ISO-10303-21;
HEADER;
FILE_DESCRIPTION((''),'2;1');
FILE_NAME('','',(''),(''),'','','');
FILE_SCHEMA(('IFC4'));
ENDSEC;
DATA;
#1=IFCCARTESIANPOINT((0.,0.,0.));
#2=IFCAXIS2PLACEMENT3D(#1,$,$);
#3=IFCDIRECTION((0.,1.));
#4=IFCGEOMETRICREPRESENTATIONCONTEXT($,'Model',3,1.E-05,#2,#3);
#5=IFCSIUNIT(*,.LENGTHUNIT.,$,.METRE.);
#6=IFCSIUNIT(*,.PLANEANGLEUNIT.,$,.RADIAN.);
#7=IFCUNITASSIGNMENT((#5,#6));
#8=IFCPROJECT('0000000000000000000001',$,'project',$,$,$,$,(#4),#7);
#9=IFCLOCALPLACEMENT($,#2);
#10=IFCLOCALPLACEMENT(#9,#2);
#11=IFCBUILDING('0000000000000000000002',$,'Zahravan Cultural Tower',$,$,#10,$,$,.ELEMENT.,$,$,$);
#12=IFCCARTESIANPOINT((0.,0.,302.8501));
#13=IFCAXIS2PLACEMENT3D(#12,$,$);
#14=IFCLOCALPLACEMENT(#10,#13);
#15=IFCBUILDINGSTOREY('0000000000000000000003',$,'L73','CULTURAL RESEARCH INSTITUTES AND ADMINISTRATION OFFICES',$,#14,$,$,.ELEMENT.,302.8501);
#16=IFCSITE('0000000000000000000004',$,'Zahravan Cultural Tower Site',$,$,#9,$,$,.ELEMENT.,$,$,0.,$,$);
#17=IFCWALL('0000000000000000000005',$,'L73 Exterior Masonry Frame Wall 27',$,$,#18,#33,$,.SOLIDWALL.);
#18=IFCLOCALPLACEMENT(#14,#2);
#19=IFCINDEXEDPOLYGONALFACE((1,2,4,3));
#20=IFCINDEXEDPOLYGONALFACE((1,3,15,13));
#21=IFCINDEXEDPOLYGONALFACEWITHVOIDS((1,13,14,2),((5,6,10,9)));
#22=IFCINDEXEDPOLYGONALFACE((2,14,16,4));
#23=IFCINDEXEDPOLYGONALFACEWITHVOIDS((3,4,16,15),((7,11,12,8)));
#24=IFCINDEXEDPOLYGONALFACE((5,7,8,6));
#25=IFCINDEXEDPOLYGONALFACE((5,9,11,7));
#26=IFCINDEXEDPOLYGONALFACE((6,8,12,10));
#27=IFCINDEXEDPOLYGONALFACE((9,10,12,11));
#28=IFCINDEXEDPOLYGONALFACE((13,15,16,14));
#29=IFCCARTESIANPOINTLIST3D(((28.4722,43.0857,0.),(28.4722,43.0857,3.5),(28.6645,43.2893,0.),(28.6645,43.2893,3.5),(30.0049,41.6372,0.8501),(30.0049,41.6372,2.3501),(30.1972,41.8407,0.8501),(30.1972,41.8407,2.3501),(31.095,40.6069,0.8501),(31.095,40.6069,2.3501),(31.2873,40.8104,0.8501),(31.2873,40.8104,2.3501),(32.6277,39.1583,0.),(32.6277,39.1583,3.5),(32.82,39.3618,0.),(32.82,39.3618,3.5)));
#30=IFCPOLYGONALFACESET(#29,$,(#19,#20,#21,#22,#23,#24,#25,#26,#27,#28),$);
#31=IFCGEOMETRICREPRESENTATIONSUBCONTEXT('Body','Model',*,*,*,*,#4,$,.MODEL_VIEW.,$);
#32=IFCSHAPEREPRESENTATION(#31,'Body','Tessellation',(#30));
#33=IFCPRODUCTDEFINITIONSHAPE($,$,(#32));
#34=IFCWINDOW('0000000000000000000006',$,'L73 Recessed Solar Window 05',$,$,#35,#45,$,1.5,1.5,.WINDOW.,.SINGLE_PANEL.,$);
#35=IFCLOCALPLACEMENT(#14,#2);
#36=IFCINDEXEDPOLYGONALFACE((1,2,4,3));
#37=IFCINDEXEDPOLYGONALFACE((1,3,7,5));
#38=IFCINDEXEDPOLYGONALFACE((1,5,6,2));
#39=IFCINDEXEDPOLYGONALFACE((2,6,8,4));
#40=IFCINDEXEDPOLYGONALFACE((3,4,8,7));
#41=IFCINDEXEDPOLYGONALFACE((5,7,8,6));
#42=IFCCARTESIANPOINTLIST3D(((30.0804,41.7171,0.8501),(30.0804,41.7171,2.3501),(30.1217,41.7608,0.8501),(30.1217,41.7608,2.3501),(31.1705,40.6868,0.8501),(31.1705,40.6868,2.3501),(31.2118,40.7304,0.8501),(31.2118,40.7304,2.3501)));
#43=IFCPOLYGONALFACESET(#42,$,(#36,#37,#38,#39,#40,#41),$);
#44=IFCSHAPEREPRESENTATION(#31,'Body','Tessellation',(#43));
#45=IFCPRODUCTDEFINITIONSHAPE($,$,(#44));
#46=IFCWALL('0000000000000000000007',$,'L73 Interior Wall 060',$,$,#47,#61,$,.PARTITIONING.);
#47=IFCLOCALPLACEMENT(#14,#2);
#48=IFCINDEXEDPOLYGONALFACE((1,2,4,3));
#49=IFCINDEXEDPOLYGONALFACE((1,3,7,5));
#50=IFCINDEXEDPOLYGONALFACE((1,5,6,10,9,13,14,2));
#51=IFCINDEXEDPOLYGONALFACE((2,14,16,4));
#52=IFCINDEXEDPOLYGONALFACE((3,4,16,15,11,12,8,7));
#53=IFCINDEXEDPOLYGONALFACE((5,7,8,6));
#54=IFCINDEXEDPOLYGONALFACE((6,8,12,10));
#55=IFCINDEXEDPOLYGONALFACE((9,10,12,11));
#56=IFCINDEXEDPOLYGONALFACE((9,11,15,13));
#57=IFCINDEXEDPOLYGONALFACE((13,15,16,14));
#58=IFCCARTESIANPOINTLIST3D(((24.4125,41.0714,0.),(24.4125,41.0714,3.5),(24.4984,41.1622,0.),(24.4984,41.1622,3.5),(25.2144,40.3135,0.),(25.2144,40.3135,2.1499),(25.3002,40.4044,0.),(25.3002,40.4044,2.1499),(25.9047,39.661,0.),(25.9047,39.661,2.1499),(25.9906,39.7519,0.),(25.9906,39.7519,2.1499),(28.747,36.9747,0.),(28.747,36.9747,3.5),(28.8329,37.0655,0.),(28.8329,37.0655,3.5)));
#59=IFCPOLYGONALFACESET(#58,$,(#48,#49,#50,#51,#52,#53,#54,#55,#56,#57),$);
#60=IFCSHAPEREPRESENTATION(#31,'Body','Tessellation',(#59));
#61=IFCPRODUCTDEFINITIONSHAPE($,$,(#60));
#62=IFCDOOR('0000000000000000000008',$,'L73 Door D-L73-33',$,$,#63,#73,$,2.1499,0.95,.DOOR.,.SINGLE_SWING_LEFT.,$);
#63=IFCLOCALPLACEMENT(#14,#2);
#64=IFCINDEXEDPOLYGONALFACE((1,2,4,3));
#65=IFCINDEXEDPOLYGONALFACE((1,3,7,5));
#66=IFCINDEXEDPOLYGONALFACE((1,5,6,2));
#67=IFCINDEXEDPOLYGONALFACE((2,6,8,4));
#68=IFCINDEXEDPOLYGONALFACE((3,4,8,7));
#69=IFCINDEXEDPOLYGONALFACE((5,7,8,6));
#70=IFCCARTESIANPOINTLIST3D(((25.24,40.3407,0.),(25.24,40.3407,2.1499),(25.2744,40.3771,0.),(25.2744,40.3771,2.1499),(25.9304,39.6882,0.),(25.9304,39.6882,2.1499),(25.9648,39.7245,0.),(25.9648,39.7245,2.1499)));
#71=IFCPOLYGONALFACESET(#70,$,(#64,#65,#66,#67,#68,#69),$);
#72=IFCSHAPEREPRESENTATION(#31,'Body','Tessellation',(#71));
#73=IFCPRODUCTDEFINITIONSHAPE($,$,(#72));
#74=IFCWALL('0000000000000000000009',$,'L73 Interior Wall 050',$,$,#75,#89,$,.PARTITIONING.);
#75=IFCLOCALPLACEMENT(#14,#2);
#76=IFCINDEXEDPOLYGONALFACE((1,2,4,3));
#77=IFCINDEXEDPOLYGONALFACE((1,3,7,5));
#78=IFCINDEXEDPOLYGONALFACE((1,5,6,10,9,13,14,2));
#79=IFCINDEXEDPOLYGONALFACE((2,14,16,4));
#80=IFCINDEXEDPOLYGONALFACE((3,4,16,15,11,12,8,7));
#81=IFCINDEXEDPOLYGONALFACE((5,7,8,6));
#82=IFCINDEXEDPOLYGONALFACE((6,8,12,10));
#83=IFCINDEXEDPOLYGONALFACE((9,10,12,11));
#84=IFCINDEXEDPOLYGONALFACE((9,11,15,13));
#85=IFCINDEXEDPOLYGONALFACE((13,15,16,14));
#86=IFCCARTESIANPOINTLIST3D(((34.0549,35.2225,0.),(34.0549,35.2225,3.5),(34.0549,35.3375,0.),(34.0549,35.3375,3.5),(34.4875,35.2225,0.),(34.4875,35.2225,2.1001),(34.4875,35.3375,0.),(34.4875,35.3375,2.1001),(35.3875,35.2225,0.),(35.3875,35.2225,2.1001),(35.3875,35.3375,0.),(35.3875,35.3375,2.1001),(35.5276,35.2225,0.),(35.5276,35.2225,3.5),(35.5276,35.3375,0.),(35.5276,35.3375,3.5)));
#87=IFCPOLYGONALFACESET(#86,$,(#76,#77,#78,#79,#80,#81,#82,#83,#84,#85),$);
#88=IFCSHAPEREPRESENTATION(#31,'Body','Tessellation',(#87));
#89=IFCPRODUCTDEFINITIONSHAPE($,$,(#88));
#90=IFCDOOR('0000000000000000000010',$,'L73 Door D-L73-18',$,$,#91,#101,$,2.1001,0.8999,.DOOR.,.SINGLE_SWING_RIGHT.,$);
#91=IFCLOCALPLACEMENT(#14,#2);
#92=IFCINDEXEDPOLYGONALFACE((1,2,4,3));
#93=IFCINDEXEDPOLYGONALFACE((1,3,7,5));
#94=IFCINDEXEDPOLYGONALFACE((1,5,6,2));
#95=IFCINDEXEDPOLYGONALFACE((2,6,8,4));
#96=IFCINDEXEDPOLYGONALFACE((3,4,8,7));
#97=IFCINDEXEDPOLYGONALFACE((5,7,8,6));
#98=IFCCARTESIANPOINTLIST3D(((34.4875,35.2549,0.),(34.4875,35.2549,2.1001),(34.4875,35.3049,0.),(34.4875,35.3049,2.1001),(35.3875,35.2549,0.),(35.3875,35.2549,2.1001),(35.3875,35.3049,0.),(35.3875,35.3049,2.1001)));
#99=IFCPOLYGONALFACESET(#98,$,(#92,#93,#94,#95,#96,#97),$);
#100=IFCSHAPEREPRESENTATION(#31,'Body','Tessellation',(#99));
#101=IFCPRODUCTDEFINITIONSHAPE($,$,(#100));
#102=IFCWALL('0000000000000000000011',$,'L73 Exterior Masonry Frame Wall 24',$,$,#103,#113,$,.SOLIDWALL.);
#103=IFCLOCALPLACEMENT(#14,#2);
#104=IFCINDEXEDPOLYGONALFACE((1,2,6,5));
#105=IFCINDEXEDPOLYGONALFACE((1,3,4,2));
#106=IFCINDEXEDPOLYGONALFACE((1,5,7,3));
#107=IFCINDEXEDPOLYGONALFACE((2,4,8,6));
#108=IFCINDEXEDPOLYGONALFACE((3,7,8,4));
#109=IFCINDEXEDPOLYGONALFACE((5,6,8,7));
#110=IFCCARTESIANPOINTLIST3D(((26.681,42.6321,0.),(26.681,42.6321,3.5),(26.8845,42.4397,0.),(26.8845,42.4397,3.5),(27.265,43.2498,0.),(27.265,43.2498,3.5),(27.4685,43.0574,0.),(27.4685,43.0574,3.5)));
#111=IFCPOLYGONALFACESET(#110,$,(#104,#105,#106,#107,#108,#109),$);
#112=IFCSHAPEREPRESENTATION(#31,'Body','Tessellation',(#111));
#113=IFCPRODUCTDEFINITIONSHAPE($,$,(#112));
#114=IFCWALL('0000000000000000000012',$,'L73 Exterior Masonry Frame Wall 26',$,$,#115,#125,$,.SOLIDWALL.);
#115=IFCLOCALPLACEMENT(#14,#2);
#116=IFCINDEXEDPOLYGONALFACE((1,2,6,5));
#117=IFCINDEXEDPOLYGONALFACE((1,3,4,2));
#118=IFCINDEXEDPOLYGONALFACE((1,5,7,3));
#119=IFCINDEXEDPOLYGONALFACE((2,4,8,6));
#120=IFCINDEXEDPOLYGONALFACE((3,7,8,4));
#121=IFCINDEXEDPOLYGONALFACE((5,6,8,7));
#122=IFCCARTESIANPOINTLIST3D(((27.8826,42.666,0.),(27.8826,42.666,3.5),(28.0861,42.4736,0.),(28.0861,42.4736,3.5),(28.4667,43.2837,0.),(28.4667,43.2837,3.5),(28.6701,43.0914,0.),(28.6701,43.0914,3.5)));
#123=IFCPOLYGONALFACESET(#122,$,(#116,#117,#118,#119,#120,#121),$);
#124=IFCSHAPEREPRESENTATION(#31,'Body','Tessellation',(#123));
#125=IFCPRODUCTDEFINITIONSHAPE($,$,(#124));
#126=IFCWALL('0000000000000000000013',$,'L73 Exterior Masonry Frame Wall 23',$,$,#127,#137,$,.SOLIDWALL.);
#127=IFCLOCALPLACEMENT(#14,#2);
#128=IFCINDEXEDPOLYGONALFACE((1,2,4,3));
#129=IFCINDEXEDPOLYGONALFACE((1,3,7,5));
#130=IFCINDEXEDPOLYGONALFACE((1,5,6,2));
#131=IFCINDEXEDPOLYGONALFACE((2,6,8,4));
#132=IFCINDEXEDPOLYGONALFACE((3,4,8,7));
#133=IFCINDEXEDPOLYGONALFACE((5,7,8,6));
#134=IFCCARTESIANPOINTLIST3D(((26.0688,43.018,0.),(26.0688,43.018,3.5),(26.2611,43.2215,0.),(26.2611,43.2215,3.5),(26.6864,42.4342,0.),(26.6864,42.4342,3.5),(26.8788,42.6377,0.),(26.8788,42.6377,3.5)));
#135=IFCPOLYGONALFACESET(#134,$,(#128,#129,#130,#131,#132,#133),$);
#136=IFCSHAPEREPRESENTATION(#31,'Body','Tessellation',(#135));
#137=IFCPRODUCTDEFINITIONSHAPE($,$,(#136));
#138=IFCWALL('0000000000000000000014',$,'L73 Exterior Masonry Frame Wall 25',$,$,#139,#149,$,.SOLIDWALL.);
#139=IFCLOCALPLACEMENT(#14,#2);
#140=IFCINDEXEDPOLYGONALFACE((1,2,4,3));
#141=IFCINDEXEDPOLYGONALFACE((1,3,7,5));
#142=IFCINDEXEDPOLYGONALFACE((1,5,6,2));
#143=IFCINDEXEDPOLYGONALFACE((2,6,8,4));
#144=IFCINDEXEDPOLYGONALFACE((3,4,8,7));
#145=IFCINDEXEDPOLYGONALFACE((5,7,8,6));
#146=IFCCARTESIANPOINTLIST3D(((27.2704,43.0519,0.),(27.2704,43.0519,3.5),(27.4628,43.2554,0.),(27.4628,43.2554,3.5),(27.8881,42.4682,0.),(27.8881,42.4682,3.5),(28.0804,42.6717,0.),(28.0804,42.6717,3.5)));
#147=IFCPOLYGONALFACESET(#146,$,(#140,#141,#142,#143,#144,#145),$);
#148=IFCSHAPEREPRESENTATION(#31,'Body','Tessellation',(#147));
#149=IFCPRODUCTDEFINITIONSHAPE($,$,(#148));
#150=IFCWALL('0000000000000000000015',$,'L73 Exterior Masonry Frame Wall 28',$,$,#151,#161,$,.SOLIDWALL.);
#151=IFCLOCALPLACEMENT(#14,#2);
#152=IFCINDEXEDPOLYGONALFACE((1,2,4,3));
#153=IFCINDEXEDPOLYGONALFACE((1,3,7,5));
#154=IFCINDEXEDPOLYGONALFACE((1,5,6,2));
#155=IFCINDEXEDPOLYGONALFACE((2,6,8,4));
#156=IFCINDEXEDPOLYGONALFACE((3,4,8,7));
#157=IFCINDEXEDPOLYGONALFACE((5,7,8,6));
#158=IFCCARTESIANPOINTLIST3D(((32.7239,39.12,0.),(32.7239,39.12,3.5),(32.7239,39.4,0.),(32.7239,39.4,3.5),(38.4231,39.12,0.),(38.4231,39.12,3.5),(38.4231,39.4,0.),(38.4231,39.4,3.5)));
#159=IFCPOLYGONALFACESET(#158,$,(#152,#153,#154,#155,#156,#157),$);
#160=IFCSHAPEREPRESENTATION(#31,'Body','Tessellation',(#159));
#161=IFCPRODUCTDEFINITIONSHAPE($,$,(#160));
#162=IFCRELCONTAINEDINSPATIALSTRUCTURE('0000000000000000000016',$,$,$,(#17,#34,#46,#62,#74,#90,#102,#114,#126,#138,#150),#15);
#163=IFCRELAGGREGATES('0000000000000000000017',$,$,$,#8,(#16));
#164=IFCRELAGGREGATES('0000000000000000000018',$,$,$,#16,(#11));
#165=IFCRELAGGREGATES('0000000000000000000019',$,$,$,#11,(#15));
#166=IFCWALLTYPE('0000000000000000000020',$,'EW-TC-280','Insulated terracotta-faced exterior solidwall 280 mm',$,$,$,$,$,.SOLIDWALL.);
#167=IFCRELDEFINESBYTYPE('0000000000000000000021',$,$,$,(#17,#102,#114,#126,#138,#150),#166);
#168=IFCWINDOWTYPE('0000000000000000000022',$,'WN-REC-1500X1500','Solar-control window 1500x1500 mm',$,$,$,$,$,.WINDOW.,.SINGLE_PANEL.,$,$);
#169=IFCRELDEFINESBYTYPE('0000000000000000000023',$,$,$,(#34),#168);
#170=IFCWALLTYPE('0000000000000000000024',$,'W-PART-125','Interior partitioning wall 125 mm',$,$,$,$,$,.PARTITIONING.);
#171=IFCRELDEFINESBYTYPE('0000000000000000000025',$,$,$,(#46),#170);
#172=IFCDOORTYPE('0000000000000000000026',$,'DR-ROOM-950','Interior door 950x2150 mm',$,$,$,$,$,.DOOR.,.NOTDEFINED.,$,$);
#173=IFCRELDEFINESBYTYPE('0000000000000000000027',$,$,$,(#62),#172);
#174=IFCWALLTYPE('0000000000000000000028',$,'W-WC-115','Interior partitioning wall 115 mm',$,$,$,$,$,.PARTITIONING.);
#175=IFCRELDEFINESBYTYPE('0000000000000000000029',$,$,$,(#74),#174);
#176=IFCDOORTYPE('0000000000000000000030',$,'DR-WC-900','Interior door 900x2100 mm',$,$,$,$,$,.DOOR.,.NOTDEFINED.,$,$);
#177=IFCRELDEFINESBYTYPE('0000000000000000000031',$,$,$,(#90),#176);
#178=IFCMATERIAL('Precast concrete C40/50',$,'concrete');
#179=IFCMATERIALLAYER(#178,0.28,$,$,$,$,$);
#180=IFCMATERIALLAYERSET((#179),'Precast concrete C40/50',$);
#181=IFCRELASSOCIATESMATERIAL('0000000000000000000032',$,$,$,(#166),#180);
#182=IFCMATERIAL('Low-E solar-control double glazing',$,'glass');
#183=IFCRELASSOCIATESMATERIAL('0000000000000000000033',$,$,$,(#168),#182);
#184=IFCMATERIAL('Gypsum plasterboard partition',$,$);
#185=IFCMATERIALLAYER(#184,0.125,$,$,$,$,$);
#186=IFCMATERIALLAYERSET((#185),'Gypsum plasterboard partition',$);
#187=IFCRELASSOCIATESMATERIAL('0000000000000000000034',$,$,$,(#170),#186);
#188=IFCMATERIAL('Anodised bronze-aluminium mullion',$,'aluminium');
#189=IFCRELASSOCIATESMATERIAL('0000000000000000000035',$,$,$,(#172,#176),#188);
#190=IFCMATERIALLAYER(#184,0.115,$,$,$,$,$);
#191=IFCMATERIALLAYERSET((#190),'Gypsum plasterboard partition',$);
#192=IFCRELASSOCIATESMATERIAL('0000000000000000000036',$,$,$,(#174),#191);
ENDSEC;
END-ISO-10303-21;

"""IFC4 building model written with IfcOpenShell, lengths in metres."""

from ifc_helpers import new_model, si_unit, direction, frame, frame_2d, origin, place, context, subcontext, project, spatial, rectangle, extrude, source, transform, mapped, material, layer, layer_set, type_object, element, fill, save


model = new_model("IFC4")

# Units and contexts
model_context = context("Model", 3, precision=1e-05, world=origin(), true_north=direction((0.0, 1.0)))
body_context = subcontext(model_context, "Body", "Model", "MODEL_VIEW")
ifc_project = project(units=[si_unit("LENGTHUNIT", "METRE"), si_unit("PLANEANGLEUNIT", "RADIAN")], contexts=[model_context])

# Site, building, storey
site_placement = place(None, origin())
site = spatial("IfcSite", under=ifc_project, at=site_placement, Name="Zahravan Cultural Tower Site", CompositionType="ELEMENT", RefElevation=0.0)
building_placement = place(site_placement, origin())
building = spatial("IfcBuilding", under=site, at=building_placement, Name="Zahravan Cultural Tower", CompositionType="ELEMENT")
storey_placement = place(building_placement, frame((0.0, 0.0, 302.8501)))
storey = spatial("IfcBuildingStorey", under=building, at=storey_placement, Name="L73", Description="CULTURAL RESEARCH INSTITUTES AND ADMINISTRATION OFFICES", CompositionType="ELEMENT", Elevation=302.8501)

# Wall, opening, window
ifc_material_1 = material(Name="Precast concrete C40/50", Category="concrete")
ifc_layer_1 = layer(ifc_material_1, 0.28)
ifc_layer_set_1 = layer_set([ifc_layer_1], Name="Precast concrete C40/50")
wall_type_1 = type_object("IfcWallType", Name="EW-TC-280", Description="Insulated terracotta-faced exterior solidwall 280 mm", PredefinedType="SOLIDWALL", material=ifc_layer_set_1)
wall_1_placement = place(storey_placement, frame((28.5684, 43.1875, 0.0), z_axis=(0.0, 0.0, 1.0), x_axis=(0.726766, -0.686886, 0.0)))
wall_1 = element("IfcWall", 1, at=wall_1_placement, inside=storey, type_object=wall_type_1, Name="L73 Exterior Masonry Frame Wall 27", PredefinedType="SOLIDWALL", context=body_context, shape_type="SweptSolid", body=[
    extrude(rectangle(XDim=5.7178, YDim=0.28, at=frame_2d((2.8589, 0.0))), origin(), (0.0, 0.0, 1.0), 3.5),
])
opening_1_placement = place(wall_1_placement, frame((2.1089, 0.0, 0.8501)))
opening_1 = element("IfcOpeningElement", 2, at=opening_1_placement, cuts=wall_1, PredefinedType="OPENING", context=body_context, shape_type="SweptSolid", body=[
    extrude(rectangle(XDim=1.5, YDim=1.5, at=frame_2d((0.75, 0.75))), frame((0.0, 0.1499, 0.0), z_axis=(0.0, -1.0, 0.0), x_axis=(1.0, 0.0, 0.0)), (0.0, 0.0, 1.0), 0.3),
])
ifc_material_2 = material(Name="Low-E solar-control double glazing", Category="glass")
window_type = type_object("IfcWindowType", Name="WN-REC-1500X1500", Description="Solar-control window 1500x1500 mm", PartitioningType="SINGLE_PANEL", PredefinedType="WINDOW", material=ifc_material_2)
shared_shape_1 = source(origin(), body_context, "Body", "SweptSolid", [
    extrude(rectangle(XDim=1.5, YDim=1.5, at=frame_2d((0.75, 0.75))), frame((0.0, 0.03, 0.0), z_axis=(0.0, -1.0, 0.0), x_axis=(1.0, 0.0, 0.0)), (0.0, 0.0, 1.0), 0.0601),
])
window_placement = place(opening_1_placement, origin())
window = element("IfcWindow", 3, at=window_placement, inside=storey, type_object=window_type, Name="L73 Recessed Solar Window 05", OverallHeight=1.5, OverallWidth=1.5, PartitioningType="SINGLE_PANEL", PredefinedType="WINDOW", context=body_context, shape_type="MappedRepresentation", body=[
    mapped(shared_shape_1, transform((0.0, 0.0, 0.0), x_axis=(1.0, 0.0, 0.0), y_axis=(0.0, 1.0, 0.0), z_axis=(0.0, 0.0, 1.0), scale=1.0)),
])
fill(opening_1, window)

# Walls, openings, doors
ifc_material_3 = material(Name="Gypsum plasterboard partition")
ifc_layer_2 = layer(ifc_material_3, 0.125)
ifc_layer_set_2 = layer_set([ifc_layer_2], Name="Gypsum plasterboard partition")
wall_type_2 = type_object("IfcWallType", Name="W-PART-125", Description="Interior partitioning wall 125 mm", PredefinedType="PARTITIONING", material=ifc_layer_set_2)
wall_2_placement = place(storey_placement, frame((24.4556, 41.1167, 0.0), z_axis=(0.0, 0.0, 1.0), x_axis=(0.726761, -0.68689, 0.0)))
wall_2 = element("IfcWall", 4, at=wall_2_placement, inside=storey, type_object=wall_type_2, Name="L73 Interior Wall 060", PredefinedType="PARTITIONING", context=body_context, shape_type="SweptSolid", body=[
    extrude(rectangle(XDim=5.9641, YDim=0.125, at=frame_2d((2.9819, 0.0))), origin(), (0.0, 0.0, 1.0), 3.5),
])
opening_2_placement = place(wall_2_placement, frame((1.103, 0.0, 0.0)))
opening_2 = element("IfcOpeningElement", 5, at=opening_2_placement, cuts=wall_2, PredefinedType="OPENING", context=body_context, shape_type="SweptSolid", body=[
    extrude(rectangle(XDim=0.95, YDim=2.1499, at=frame_2d((0.4751, 1.075))), frame((0.0, 0.0725, 0.0), z_axis=(0.0, -1.0, 0.0), x_axis=(1.0, 0.0, 0.0)), (0.0, 0.0, 1.0), 0.145),
])
ifc_material_4 = material(Name="Anodised bronze-aluminium mullion", Category="aluminium")
door_type_1 = type_object("IfcDoorType", Name="DR-ROOM-950", Description="Interior door 950x2150 mm", OperationType="NOTDEFINED", PredefinedType="DOOR", material=ifc_material_4)
shared_shape_2 = source(origin(), body_context, "Body", "SweptSolid", [
    extrude(rectangle(XDim=0.95, YDim=2.1499, at=frame_2d((0.4751, 1.075))), frame((0.0, 0.0249, 0.0), z_axis=(0.0, -1.0, 0.0), x_axis=(1.0, 0.0, 0.0)), (0.0, 0.0, 1.0), 0.05),
])
door_1_placement = place(opening_2_placement, origin())
door_1 = element("IfcDoor", 6, at=door_1_placement, inside=storey, type_object=door_type_1, Name="L73 Door D-L73-33", OperationType="SINGLE_SWING_LEFT", OverallHeight=2.1499, OverallWidth=0.95, PredefinedType="DOOR", context=body_context, shape_type="MappedRepresentation", body=[
    mapped(shared_shape_2, transform((0.0, 0.0, 0.0), x_axis=(1.0, 0.0, 0.0), y_axis=(0.0, 1.0, 0.0), z_axis=(0.0, 0.0, 1.0), scale=1.0)),
])
fill(opening_2, door_1)
ifc_layer_3 = layer(ifc_material_3, 0.115)
ifc_layer_set_3 = layer_set([ifc_layer_3], Name="Gypsum plasterboard partition")
wall_type_3 = type_object("IfcWallType", Name="W-WC-115", Description="Interior partitioning wall 115 mm", PredefinedType="PARTITIONING", material=ifc_layer_set_3)
wall_3_placement = place(storey_placement, frame((34.0549, 35.28, 0.0), z_axis=(0.0, 0.0, 1.0), x_axis=(1.0, 0.0, 0.0)))
wall_3 = element("IfcWall", 7, at=wall_3_placement, inside=storey, type_object=wall_type_3, Name="L73 Interior Wall 050", PredefinedType="PARTITIONING", context=body_context, shape_type="SweptSolid", body=[
    extrude(rectangle(XDim=1.4727, YDim=0.115, at=frame_2d((0.7363, 0.0))), origin(), (0.0, 0.0, 1.0), 3.5),
])
opening_3_placement = place(wall_3_placement, frame((0.4326, 0.0, 0.0)))
opening_3 = element("IfcOpeningElement", 8, at=opening_3_placement, cuts=wall_3, PredefinedType="OPENING", context=body_context, shape_type="SweptSolid", body=[
    extrude(rectangle(XDim=0.8999, YDim=2.1001, at=frame_2d((0.45, 1.05))), frame((0.0, 0.0674, 0.0), z_axis=(0.0, -1.0, 0.0), x_axis=(1.0, 0.0, 0.0)), (0.0, 0.0, 1.0), 0.135),
])
door_type_2 = type_object("IfcDoorType", Name="DR-WC-900", Description="Interior door 900x2100 mm", OperationType="NOTDEFINED", PredefinedType="DOOR", material=ifc_material_4)
shared_shape_3 = source(origin(), body_context, "Body", "SweptSolid", [
    extrude(rectangle(XDim=0.8999, YDim=2.1001, at=frame_2d((0.45, 1.05))), frame((0.0, 0.0249, 0.0), z_axis=(0.0, -1.0, 0.0), x_axis=(1.0, 0.0, 0.0)), (0.0, 0.0, 1.0), 0.05),
])
door_2_placement = place(opening_3_placement, origin())
door_2 = element("IfcDoor", 9, at=door_2_placement, inside=storey, type_object=door_type_2, Name="L73 Door D-L73-18", OperationType="SINGLE_SWING_RIGHT", OverallHeight=2.1001, OverallWidth=0.8999, PredefinedType="DOOR", context=body_context, shape_type="MappedRepresentation", body=[
    mapped(shared_shape_3, transform((0.0, 0.0, 0.0), x_axis=(1.0, 0.0, 0.0), y_axis=(0.0, 1.0, 0.0), z_axis=(0.0, 0.0, 1.0), scale=1.0)),
])
fill(opening_3, door_2)

# Walls
shared_shape_4 = source(origin(), body_context, "Body", "SweptSolid", [
    extrude(rectangle(XDim=0.8501, YDim=0.28, at=frame_2d((0.425, 0.0))), origin(), (0.0, 0.0, 1.0), 3.5),
])
for number, where, z_axis, x_axis, name in (
    (10, (26.7827, 42.5359, 0.0), (0.0, 0.0, 1.0), (0.687011, 0.726647, 0.0), "L73 Exterior Masonry Frame Wall 24"),
    (11, (27.9844, 42.5698, 0.0), (0.0, 0.0, 1.0), (0.687011, 0.726647, 0.0), "L73 Exterior Masonry Frame Wall 26"),
):
    element("IfcWall", number, at=place(storey_placement, frame(where, z_axis=z_axis, x_axis=x_axis)), inside=storey, type_object=wall_type_1, Name=name, PredefinedType="SOLIDWALL", context=body_context, shape_type="MappedRepresentation", body=[
        mapped(shared_shape_4, transform((0.0, 0.0, 0.0), x_axis=(1.0, 0.0, 0.0), y_axis=(0.0, 1.0, 0.0), z_axis=(0.0, 0.0, 1.0), scale=1.0)),
    ])
shared_shape_5 = source(origin(), body_context, "Body", "SweptSolid", [
    extrude(rectangle(XDim=0.8499, YDim=0.28, at=frame_2d((0.4248, 0.0))), origin(), (0.0, 0.0, 1.0), 3.5),
])
for number, where, z_axis, x_axis, name in (
    (12, (26.165, 43.1196, 0.0), (0.0, 0.0, 1.0), (0.72679, -0.68686, 0.0), "L73 Exterior Masonry Frame Wall 23"),
    (13, (27.3667, 43.1536, 0.0), (0.0, 0.0, 1.0), (0.72679, -0.68686, 0.0), "L73 Exterior Masonry Frame Wall 25"),
):
    element("IfcWall", number, at=place(storey_placement, frame(where, z_axis=z_axis, x_axis=x_axis)), inside=storey, type_object=wall_type_1, Name=name, PredefinedType="SOLIDWALL", context=body_context, shape_type="MappedRepresentation", body=[
        mapped(shared_shape_5, transform((0.0, 0.0, 0.0), x_axis=(1.0, 0.0, 0.0), y_axis=(0.0, 1.0, 0.0), z_axis=(0.0, 0.0, 1.0), scale=1.0)),
    ])
shared_shape_6 = source(origin(), body_context, "Body", "SweptSolid", [
    extrude(rectangle(XDim=5.6992, YDim=0.28, at=frame_2d((2.8496, 0.0))), origin(), (0.0, 0.0, 1.0), 3.5),
])
wall_4_placement = place(storey_placement, frame((32.7239, 39.26, 0.0), z_axis=(0.0, 0.0, 1.0), x_axis=(1.0, 0.0, 0.0)))
element("IfcWall", 14, at=wall_4_placement, inside=storey, type_object=wall_type_1, Name="L73 Exterior Masonry Frame Wall 28", PredefinedType="SOLIDWALL", context=body_context, shape_type="MappedRepresentation", body=[
    mapped(shared_shape_6, transform((0.0, 0.0, 0.0), x_axis=(1.0, 0.0, 0.0), y_axis=(0.0, 1.0, 0.0), z_axis=(0.0, 0.0, 1.0), scale=1.0)),
])

save(model, "model.ifc")
